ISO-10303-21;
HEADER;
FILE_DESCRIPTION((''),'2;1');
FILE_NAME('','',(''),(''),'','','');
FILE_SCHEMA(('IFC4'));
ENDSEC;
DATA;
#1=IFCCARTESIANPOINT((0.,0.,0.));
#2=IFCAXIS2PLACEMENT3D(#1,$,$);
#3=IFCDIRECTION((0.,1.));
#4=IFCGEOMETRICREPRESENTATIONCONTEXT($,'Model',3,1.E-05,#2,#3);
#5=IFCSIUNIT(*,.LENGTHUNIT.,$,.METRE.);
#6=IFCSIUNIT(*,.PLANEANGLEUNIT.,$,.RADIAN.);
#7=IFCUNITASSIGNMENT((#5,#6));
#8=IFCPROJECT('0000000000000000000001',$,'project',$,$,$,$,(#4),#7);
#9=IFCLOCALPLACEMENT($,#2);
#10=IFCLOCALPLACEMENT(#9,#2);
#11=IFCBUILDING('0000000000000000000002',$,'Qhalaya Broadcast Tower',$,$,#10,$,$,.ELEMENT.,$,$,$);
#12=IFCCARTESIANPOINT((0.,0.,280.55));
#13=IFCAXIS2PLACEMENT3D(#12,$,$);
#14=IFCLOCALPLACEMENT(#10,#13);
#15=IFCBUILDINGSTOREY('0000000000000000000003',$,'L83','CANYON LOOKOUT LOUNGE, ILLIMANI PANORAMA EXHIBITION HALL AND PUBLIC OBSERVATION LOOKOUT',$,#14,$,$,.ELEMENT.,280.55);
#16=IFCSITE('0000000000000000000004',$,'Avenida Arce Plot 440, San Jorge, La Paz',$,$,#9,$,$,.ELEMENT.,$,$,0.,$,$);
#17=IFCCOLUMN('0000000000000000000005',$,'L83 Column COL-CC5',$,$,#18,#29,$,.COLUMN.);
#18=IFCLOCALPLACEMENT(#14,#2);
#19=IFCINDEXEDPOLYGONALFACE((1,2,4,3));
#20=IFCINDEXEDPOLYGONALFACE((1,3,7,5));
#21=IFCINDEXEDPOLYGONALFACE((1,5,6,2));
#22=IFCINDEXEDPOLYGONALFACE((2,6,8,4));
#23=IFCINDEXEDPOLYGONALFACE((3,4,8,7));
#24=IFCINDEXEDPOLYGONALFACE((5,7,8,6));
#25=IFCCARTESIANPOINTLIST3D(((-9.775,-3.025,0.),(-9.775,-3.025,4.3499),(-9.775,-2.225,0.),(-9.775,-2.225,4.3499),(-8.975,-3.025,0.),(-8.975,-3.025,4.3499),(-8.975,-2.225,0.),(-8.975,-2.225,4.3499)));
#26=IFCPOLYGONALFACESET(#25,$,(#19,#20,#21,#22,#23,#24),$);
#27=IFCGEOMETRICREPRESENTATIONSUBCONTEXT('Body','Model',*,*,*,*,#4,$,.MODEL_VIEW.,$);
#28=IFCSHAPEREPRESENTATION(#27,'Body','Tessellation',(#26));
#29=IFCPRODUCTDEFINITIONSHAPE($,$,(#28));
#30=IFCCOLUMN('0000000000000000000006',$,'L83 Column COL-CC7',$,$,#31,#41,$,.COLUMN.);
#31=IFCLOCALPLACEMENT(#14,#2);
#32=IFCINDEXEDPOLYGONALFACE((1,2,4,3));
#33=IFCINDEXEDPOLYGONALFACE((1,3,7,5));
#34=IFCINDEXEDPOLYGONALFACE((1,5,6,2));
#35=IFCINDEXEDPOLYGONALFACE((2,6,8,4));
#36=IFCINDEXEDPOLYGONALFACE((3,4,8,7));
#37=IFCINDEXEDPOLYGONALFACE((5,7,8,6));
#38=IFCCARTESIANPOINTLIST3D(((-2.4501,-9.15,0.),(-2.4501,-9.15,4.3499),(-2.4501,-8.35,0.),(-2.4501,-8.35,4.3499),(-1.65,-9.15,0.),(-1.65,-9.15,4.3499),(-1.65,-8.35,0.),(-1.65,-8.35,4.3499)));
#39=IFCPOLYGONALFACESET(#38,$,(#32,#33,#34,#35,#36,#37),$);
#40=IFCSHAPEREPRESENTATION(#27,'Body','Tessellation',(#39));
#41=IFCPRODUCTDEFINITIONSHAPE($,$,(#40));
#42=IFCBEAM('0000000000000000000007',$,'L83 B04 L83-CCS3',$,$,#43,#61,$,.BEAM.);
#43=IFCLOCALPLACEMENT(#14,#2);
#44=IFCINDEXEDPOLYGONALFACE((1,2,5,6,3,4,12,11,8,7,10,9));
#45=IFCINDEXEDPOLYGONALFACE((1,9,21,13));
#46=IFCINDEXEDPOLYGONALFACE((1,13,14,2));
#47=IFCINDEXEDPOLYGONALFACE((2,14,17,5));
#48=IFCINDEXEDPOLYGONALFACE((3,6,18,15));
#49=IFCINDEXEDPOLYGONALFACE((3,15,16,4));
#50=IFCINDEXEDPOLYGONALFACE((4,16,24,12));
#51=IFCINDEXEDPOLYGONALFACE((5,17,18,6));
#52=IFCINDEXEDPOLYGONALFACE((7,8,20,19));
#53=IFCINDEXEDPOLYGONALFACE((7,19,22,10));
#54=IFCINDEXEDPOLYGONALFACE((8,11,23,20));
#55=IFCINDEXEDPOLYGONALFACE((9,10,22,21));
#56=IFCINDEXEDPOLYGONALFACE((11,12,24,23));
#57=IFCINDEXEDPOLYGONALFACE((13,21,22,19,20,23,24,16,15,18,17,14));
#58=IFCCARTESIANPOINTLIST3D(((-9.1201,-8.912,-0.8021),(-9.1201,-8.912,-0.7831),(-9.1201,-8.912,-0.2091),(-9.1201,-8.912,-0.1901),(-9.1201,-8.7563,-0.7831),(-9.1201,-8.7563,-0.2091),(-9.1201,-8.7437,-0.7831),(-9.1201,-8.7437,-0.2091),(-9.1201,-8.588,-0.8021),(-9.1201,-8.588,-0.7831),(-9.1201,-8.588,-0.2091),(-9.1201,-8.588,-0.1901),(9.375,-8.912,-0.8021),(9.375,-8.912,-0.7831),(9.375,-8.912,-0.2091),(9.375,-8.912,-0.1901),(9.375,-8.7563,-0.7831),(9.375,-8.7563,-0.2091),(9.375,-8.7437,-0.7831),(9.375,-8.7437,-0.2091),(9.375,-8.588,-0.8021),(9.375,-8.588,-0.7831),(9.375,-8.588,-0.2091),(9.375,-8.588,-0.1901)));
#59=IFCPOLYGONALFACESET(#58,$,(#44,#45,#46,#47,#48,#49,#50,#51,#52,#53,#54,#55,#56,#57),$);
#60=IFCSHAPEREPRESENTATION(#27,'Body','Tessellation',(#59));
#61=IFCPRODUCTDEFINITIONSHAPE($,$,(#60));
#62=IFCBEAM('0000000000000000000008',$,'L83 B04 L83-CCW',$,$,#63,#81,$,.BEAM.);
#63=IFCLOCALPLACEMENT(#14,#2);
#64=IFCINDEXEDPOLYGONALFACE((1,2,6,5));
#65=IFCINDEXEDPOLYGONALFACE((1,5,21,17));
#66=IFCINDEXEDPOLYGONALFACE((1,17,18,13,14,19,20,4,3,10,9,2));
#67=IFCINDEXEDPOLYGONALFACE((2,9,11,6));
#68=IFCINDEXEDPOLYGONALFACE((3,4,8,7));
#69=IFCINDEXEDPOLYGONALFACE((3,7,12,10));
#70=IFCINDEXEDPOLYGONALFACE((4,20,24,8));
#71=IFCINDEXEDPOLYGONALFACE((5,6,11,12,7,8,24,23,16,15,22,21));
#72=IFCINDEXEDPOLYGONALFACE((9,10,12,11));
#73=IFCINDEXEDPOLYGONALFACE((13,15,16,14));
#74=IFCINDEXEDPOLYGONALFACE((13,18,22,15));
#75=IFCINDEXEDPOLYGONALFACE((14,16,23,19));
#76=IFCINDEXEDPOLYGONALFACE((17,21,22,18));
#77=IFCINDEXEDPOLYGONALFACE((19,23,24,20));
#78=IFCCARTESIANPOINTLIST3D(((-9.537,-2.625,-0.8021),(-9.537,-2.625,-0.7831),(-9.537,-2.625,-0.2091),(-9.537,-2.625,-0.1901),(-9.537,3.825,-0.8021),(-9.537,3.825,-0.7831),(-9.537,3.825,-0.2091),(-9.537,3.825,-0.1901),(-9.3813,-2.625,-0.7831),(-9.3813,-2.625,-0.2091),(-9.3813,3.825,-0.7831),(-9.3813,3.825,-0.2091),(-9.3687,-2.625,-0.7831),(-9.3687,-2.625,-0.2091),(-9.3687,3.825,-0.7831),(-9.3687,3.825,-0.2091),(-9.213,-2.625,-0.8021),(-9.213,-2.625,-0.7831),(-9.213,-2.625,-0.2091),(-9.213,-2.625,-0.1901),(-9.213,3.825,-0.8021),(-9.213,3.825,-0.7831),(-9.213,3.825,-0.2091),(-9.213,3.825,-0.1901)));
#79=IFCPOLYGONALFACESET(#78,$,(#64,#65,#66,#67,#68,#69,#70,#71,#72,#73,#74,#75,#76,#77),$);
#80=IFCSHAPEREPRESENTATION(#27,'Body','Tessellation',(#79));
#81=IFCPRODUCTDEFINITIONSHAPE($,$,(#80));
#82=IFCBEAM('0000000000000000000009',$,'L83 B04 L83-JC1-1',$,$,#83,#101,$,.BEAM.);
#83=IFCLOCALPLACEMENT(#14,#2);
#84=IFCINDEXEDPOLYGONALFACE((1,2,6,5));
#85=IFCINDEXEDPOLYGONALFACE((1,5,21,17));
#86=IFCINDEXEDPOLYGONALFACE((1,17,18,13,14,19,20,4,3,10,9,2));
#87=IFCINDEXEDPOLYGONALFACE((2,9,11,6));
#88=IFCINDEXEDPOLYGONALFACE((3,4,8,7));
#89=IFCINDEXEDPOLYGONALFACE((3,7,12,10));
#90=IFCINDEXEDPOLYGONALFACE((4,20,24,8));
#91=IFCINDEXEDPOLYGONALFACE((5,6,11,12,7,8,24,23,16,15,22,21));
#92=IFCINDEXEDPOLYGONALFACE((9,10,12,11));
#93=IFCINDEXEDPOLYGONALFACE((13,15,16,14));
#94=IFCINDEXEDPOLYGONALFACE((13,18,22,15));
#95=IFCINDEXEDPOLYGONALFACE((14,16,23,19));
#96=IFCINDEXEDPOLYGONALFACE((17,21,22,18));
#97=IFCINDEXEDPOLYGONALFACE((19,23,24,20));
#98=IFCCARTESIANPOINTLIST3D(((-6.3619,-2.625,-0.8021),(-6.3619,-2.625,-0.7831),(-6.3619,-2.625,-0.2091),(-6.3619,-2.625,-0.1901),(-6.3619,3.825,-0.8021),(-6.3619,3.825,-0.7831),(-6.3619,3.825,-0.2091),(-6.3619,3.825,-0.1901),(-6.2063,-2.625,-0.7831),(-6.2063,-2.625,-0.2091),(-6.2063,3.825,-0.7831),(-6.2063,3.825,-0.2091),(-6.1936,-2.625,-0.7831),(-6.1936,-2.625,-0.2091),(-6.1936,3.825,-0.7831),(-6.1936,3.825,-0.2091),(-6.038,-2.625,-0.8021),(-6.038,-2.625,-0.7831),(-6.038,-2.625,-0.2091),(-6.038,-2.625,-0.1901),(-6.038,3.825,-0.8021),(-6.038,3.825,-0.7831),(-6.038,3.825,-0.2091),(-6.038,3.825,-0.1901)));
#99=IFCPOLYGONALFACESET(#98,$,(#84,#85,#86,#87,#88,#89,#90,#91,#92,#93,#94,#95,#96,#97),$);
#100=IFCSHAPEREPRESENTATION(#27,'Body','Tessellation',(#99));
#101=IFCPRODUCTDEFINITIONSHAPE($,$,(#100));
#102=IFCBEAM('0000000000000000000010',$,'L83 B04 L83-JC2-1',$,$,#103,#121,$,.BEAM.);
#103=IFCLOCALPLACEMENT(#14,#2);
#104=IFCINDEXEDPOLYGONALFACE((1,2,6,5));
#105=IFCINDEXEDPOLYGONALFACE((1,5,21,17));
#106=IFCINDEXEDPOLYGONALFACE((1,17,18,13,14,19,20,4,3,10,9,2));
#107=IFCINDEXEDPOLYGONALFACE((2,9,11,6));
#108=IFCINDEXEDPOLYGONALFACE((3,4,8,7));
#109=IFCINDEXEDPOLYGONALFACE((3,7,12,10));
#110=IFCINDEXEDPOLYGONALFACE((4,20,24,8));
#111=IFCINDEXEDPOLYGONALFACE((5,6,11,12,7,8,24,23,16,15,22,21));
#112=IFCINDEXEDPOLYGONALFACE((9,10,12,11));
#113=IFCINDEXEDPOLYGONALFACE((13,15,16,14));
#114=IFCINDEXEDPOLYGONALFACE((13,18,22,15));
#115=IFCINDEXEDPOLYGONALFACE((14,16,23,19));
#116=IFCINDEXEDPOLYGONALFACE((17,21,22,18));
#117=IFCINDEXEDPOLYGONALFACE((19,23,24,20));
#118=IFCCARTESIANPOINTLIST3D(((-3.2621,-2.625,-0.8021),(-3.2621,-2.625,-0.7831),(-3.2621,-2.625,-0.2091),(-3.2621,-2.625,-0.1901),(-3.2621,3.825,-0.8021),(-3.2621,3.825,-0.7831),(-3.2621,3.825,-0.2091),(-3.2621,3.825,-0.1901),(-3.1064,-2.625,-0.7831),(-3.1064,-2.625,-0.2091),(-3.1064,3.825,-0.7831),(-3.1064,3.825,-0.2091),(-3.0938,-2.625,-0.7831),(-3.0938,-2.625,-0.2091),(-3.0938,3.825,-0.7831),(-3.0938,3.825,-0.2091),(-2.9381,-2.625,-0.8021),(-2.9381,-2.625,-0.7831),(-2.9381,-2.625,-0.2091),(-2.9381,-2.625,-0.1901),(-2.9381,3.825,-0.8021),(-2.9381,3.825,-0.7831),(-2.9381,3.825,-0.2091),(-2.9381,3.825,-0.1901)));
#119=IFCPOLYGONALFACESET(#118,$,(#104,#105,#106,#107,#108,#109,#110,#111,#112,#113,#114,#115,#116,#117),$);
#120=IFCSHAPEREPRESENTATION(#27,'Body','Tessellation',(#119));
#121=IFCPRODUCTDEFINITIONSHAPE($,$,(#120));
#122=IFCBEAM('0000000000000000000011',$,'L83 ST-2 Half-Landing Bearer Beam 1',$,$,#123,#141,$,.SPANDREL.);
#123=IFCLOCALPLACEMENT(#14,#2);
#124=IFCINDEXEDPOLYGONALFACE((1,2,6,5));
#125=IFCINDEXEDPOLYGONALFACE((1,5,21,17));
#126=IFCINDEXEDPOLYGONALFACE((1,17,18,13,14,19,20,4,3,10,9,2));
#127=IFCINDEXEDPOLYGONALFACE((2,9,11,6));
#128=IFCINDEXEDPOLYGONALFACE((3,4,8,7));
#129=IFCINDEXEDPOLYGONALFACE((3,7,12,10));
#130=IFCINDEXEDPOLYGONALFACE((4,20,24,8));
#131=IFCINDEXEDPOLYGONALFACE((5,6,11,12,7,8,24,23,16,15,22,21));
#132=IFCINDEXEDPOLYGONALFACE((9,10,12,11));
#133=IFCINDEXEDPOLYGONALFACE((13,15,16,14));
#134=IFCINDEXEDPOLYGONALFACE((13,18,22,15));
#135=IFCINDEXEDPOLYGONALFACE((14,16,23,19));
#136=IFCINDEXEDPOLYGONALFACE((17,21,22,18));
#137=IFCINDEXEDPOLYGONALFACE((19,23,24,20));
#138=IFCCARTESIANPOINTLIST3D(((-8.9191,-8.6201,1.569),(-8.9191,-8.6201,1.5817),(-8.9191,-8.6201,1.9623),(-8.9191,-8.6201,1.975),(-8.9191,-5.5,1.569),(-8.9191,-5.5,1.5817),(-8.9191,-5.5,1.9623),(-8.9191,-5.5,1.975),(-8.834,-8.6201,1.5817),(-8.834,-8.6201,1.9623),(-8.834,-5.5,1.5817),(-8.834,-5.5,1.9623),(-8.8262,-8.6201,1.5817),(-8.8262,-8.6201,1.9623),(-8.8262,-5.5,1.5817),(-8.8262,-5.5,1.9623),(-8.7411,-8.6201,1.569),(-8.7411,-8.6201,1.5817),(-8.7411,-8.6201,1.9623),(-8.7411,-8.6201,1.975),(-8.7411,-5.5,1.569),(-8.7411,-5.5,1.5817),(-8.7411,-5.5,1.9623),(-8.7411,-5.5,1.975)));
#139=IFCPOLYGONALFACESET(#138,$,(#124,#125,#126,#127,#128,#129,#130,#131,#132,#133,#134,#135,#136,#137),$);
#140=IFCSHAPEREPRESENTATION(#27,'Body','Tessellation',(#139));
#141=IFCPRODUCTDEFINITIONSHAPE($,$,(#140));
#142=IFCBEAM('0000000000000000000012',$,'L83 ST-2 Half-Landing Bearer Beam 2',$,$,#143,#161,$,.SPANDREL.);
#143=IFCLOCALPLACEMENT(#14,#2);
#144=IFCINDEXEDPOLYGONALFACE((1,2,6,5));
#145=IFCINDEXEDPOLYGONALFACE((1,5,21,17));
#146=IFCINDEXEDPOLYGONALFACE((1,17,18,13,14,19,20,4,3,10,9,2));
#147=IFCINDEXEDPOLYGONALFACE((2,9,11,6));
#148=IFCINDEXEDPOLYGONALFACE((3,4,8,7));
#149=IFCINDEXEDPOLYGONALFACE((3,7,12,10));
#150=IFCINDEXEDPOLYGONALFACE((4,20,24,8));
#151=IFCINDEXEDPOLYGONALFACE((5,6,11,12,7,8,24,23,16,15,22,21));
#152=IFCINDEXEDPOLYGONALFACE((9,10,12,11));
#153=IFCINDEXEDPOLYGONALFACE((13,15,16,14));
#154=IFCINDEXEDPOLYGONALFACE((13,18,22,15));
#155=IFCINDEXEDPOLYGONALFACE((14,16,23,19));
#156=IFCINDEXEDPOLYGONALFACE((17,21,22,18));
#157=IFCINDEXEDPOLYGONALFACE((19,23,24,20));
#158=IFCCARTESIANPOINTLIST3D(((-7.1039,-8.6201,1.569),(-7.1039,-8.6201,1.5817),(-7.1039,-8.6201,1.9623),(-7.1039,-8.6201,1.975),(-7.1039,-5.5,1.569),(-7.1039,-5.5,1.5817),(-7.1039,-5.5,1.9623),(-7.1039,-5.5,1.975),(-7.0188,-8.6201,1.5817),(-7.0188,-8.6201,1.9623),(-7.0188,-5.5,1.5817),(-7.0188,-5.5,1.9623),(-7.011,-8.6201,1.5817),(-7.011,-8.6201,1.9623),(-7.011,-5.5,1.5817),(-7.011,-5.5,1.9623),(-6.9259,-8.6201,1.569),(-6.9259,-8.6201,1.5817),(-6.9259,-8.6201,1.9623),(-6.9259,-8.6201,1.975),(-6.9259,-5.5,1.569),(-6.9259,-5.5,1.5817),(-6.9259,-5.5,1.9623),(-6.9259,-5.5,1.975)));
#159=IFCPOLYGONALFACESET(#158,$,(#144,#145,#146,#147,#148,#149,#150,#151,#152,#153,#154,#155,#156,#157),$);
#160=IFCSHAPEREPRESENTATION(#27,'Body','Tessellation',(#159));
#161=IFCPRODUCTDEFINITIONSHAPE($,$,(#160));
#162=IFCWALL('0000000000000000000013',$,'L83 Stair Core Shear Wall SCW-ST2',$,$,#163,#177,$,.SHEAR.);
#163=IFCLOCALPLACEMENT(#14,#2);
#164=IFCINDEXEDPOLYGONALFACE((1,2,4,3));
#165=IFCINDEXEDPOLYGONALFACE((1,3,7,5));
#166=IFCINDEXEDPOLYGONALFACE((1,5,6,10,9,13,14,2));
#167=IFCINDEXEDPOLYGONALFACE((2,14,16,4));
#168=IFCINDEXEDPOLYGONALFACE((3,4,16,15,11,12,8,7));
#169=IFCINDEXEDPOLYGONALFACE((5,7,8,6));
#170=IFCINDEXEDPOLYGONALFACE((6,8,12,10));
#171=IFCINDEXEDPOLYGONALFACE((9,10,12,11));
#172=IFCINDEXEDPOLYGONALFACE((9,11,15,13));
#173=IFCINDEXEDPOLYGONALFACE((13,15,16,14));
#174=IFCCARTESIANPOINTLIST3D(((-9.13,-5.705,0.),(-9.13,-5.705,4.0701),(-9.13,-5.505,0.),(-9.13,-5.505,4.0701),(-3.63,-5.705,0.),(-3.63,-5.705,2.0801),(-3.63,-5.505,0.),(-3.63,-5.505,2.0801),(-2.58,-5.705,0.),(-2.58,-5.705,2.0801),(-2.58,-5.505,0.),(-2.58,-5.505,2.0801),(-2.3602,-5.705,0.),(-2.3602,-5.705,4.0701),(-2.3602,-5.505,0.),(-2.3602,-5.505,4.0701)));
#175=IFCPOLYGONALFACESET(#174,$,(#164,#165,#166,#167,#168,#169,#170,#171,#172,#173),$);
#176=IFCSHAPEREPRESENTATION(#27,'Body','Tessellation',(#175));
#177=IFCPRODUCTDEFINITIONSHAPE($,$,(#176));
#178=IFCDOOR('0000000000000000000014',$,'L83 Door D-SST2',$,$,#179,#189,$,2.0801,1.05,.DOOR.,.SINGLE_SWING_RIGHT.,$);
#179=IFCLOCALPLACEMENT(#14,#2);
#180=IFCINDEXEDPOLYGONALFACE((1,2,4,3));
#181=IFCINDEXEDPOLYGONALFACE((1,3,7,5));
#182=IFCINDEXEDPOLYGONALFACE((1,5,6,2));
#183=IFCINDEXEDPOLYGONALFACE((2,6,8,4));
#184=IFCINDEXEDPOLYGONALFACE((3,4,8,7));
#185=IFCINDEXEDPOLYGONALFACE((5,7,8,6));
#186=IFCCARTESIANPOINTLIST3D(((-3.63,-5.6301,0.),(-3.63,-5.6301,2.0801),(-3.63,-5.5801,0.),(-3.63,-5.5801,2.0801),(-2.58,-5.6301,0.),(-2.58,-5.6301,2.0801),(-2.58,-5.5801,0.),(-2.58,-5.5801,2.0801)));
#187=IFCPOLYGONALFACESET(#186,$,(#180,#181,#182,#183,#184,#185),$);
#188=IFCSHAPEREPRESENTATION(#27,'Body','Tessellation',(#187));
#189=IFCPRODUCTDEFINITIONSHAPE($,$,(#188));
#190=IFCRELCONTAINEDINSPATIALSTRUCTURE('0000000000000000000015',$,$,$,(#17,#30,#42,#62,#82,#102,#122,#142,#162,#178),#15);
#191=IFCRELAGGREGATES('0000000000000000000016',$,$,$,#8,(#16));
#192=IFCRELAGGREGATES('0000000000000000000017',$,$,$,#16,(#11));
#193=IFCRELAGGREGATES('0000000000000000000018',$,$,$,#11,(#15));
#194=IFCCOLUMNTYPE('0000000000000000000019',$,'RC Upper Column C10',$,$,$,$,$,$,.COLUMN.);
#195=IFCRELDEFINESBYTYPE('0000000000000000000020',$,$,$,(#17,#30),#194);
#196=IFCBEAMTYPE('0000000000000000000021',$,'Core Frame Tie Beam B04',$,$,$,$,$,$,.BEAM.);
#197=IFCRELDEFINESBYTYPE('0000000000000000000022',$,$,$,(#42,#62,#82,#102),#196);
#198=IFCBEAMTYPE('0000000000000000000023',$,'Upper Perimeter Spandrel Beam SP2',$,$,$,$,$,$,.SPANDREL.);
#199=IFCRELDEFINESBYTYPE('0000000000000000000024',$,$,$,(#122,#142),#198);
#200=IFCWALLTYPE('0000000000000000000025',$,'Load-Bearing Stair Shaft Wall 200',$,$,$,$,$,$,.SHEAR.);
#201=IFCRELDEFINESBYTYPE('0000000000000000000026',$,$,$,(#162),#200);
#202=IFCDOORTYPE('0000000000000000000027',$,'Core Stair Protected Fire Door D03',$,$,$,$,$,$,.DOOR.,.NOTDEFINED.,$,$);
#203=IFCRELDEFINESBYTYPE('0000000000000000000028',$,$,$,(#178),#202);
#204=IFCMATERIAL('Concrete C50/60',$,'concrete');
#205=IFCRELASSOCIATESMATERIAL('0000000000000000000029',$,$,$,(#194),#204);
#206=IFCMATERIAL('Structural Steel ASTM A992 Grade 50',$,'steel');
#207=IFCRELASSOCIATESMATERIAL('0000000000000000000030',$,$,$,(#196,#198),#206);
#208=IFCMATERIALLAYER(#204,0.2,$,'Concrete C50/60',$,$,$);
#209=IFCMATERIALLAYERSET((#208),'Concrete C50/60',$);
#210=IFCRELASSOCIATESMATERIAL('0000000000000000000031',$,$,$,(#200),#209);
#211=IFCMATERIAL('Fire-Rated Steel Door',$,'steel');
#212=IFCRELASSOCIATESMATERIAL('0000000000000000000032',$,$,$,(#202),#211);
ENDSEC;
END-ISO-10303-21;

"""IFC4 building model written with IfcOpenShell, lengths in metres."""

from ifc_helpers import new_model, si_unit, direction, frame, frame_2d, origin, origin_2d, place, context, subcontext, project, spatial, rectangle, i_section, extrude, material, layer, layer_set, material_profile, profile_set, type_object, element, fill, save


model = new_model("IFC4")

# Units and contexts
model_context = context("Model", 3, precision=1e-05, world=origin(), true_north=direction((0.0, 1.0)))
body_context = subcontext(model_context, "Body", "Model", "MODEL_VIEW")
ifc_project = project(units=[si_unit("LENGTHUNIT", "METRE"), si_unit("PLANEANGLEUNIT", "RADIAN")], contexts=[model_context])

# Site, building, storey
site_placement = place(None, origin())
site = spatial("IfcSite", under=ifc_project, at=site_placement, Name="Avenida Arce Plot 440, San Jorge, La Paz", CompositionType="ELEMENT", RefElevation=0.0)
building_placement = place(site_placement, origin())
building = spatial("IfcBuilding", under=site, at=building_placement, Name="Qhalaya Broadcast Tower", CompositionType="ELEMENT")
storey_placement = place(building_placement, frame((0.0, 0.0, 280.55)))
storey = spatial("IfcBuildingStorey", under=building, at=storey_placement, Name="L83", Description="CANYON LOOKOUT LOUNGE, ILLIMANI PANORAMA EXHIBITION HALL AND PUBLIC OBSERVATION LOOKOUT", CompositionType="ELEMENT", Elevation=280.55)

# Columns
ifc_material_1 = material(Name="Concrete C50/60", Category="concrete")
ifc_material_profile_1 = material_profile(ifc_material_1, rectangle(XDim=0.8, YDim=0.8, at=origin_2d()), Name="RC-COL 800x800")
ifc_profile_set_1 = profile_set([ifc_material_profile_1], Name="Concrete C50/60")
column_type = type_object("IfcColumnType", Name="RC Upper Column C10", PredefinedType="COLUMN", material=ifc_profile_set_1)
for number, where, z_axis, x_axis, name in (
    (1, (-9.375, -2.625, 0.0), (0.0, 0.0, 1.0), (1.0, 0.0, 0.0), "L83 Column COL-CC5"),
    (2, (-2.05, -8.75, 0.0), (0.0, 0.0, 1.0), (1.0, 0.0, 0.0), "L83 Column COL-CC7"),
):
    element("IfcColumn", number, at=place(storey_placement, frame(where, z_axis=z_axis, x_axis=x_axis)), inside=storey, type_object=column_type, Name=name, PredefinedType="COLUMN", context=body_context, shape_type="SweptSolid", body=[
        extrude(rectangle(XDim=0.8, YDim=0.8, at=origin_2d()), origin(), (0.0, 0.0, 1.0), 4.3499),
    ])

# Beams
ifc_material_2 = material(Name="Structural Steel ASTM A992 Grade 50", Category="steel")
ifc_material_profile_2 = material_profile(ifc_material_2, i_section(OverallWidth=0.324, OverallDepth=0.6121, WebThickness=0.0127, FlangeThickness=0.019, at=origin_2d()), Name="W24X104")
ifc_profile_set_2 = profile_set([ifc_material_profile_2], Name="Structural Steel ASTM A992 Grade 50")
beam_type_1 = type_object("IfcBeamType", Name="Core Frame Tie Beam B04", PredefinedType="BEAM", material=ifc_profile_set_2)
beam_placement = place(storey_placement, frame((-9.1201, -8.75, -0.4961), z_axis=(1.0, 0.0, 0.0), x_axis=(0.0, 1.0, 0.0)))
element("IfcBeam", 3, at=beam_placement, inside=storey, type_object=beam_type_1, Name="L83 B04 L83-CCS3", PredefinedType="BEAM", context=body_context, shape_type="SweptSolid", body=[
    extrude(i_section(OverallWidth=0.324, OverallDepth=0.6121, WebThickness=0.0127, FlangeThickness=0.019, at=origin_2d()), origin(), (0.0, 0.0, 1.0), 18.4951),
])
for number, where, z_axis, x_axis, name in (
    (4, (-9.375, -2.625, -0.4961), (0.0, 1.0, 0.0), (-1.0, 0.0, 0.0), "L83 B04 L83-CCW"),
    (5, (-6.2, -2.625, -0.4961), (0.0, 1.0, 0.0), (-1.0, 0.0, 0.0), "L83 B04 L83-JC1-1"),
    (6, (-3.1001, -2.625, -0.4961), (0.0, 1.0, 0.0), (-1.0, 0.0, 0.0), "L83 B04 L83-JC2-1"),
):
    element("IfcBeam", number, at=place(storey_placement, frame(where, z_axis=z_axis, x_axis=x_axis)), inside=storey, type_object=beam_type_1, Name=name, PredefinedType="BEAM", context=body_context, shape_type="SweptSolid", body=[
        extrude(i_section(OverallWidth=0.324, OverallDepth=0.6121, WebThickness=0.0127, FlangeThickness=0.019, at=origin_2d()), origin(), (0.0, 0.0, 1.0), 6.45),
    ])
ifc_material_profile_3 = material_profile(ifc_material_2, i_section(OverallWidth=0.178, OverallDepth=0.406, WebThickness=0.0078, FlangeThickness=0.0127, at=origin_2d()), Name="W16X40")
ifc_profile_set_3 = profile_set([ifc_material_profile_3], Name="Structural Steel ASTM A992 Grade 50")
beam_type_2 = type_object("IfcBeamType", Name="Upper Perimeter Spandrel Beam SP2", PredefinedType="SPANDREL", material=ifc_profile_set_3)
for number, where, z_axis, x_axis, name in (
    (7, (-8.8301, -8.6201, 1.772), (0.0, 1.0, 0.0), (-1.0, 0.0, 0.0), "L83 ST-2 Half-Landing Bearer Beam 1"),
    (8, (-7.0149, -8.6201, 1.772), (0.0, 1.0, 0.0), (-1.0, 0.0, 0.0), "L83 ST-2 Half-Landing Bearer Beam 2"),
):
    element("IfcBeam", number, at=place(storey_placement, frame(where, z_axis=z_axis, x_axis=x_axis)), inside=storey, type_object=beam_type_2, Name=name, PredefinedType="SPANDREL", context=body_context, shape_type="SweptSolid", body=[
        extrude(i_section(OverallWidth=0.178, OverallDepth=0.406, WebThickness=0.0078, FlangeThickness=0.0127, at=origin_2d()), origin(), (0.0, 0.0, 1.0), 3.1201),
    ])

# Wall, opening, door
ifc_layer_1 = layer(ifc_material_1, 0.2, Name="Concrete C50/60")
ifc_layer_set_1 = layer_set([ifc_layer_1], Name="Concrete C50/60")
wall_type_1 = type_object("IfcWallType", Name="Load-Bearing Stair Shaft Wall 200", PredefinedType="SHEAR", material=ifc_layer_set_1)
wall_1_placement = place(storey_placement, frame((-9.1299, -5.605, 0.0), z_axis=(0.0, 0.0, 1.0), x_axis=(1.0, 0.0, 0.0)))
wall_1 = element("IfcWall", 9, at=wall_1_placement, inside=storey, type_object=wall_type_1, Name="L83 Stair Core Shear Wall SCW-ST2", PredefinedType="SHEAR", context=body_context, shape_type="SweptSolid", body=[
    extrude(rectangle(XDim=6.7698, YDim=0.2, at=frame_2d((3.3848, 0.0))), origin(), (0.0, 0.0, 1.0), 4.0701),
])
opening_1_placement = place(wall_1_placement, frame((5.5, 0.0, 0.0)))
opening_1 = element("IfcOpeningElement", 10, at=opening_1_placement, cuts=wall_1, PredefinedType="OPENING", context=body_context, shape_type="SweptSolid", body=[
    extrude(rectangle(XDim=1.05, YDim=2.0801, at=frame_2d((0.5249, 1.04))), frame((0.0, 0.1121, 0.0), z_axis=(0.0, -1.0, 0.0), x_axis=(1.0, 0.0, 0.0)), (0.0, 0.0, 1.0), 0.2239),
])
ifc_material_3 = material(Name="Fire-Rated Steel Door", Category="steel")
door_type_1 = type_object("IfcDoorType", Name="Core Stair Protected Fire Door D03", OperationType="NOTDEFINED", PredefinedType="DOOR", material=ifc_material_3)
door_1_placement = place(opening_1_placement, origin())
door_1 = element("IfcDoor", 11, at=door_1_placement, inside=storey, type_object=door_type_1, Name="L83 Door D-SST2", OperationType="SINGLE_SWING_RIGHT", OverallHeight=2.0801, OverallWidth=1.05, PredefinedType="DOOR", context=body_context, shape_type="SweptSolid", body=[
    extrude(rectangle(XDim=1.05, YDim=2.0801, at=frame_2d((0.5249, 1.04))), frame((0.0, 0.0249, 0.0), z_axis=(0.0, -1.0, 0.0), x_axis=(1.0, 0.0, 0.0)), (0.0, 0.0, 1.0), 0.05),
])
fill(opening_1, door_1)

save(model, "model.ifc")
